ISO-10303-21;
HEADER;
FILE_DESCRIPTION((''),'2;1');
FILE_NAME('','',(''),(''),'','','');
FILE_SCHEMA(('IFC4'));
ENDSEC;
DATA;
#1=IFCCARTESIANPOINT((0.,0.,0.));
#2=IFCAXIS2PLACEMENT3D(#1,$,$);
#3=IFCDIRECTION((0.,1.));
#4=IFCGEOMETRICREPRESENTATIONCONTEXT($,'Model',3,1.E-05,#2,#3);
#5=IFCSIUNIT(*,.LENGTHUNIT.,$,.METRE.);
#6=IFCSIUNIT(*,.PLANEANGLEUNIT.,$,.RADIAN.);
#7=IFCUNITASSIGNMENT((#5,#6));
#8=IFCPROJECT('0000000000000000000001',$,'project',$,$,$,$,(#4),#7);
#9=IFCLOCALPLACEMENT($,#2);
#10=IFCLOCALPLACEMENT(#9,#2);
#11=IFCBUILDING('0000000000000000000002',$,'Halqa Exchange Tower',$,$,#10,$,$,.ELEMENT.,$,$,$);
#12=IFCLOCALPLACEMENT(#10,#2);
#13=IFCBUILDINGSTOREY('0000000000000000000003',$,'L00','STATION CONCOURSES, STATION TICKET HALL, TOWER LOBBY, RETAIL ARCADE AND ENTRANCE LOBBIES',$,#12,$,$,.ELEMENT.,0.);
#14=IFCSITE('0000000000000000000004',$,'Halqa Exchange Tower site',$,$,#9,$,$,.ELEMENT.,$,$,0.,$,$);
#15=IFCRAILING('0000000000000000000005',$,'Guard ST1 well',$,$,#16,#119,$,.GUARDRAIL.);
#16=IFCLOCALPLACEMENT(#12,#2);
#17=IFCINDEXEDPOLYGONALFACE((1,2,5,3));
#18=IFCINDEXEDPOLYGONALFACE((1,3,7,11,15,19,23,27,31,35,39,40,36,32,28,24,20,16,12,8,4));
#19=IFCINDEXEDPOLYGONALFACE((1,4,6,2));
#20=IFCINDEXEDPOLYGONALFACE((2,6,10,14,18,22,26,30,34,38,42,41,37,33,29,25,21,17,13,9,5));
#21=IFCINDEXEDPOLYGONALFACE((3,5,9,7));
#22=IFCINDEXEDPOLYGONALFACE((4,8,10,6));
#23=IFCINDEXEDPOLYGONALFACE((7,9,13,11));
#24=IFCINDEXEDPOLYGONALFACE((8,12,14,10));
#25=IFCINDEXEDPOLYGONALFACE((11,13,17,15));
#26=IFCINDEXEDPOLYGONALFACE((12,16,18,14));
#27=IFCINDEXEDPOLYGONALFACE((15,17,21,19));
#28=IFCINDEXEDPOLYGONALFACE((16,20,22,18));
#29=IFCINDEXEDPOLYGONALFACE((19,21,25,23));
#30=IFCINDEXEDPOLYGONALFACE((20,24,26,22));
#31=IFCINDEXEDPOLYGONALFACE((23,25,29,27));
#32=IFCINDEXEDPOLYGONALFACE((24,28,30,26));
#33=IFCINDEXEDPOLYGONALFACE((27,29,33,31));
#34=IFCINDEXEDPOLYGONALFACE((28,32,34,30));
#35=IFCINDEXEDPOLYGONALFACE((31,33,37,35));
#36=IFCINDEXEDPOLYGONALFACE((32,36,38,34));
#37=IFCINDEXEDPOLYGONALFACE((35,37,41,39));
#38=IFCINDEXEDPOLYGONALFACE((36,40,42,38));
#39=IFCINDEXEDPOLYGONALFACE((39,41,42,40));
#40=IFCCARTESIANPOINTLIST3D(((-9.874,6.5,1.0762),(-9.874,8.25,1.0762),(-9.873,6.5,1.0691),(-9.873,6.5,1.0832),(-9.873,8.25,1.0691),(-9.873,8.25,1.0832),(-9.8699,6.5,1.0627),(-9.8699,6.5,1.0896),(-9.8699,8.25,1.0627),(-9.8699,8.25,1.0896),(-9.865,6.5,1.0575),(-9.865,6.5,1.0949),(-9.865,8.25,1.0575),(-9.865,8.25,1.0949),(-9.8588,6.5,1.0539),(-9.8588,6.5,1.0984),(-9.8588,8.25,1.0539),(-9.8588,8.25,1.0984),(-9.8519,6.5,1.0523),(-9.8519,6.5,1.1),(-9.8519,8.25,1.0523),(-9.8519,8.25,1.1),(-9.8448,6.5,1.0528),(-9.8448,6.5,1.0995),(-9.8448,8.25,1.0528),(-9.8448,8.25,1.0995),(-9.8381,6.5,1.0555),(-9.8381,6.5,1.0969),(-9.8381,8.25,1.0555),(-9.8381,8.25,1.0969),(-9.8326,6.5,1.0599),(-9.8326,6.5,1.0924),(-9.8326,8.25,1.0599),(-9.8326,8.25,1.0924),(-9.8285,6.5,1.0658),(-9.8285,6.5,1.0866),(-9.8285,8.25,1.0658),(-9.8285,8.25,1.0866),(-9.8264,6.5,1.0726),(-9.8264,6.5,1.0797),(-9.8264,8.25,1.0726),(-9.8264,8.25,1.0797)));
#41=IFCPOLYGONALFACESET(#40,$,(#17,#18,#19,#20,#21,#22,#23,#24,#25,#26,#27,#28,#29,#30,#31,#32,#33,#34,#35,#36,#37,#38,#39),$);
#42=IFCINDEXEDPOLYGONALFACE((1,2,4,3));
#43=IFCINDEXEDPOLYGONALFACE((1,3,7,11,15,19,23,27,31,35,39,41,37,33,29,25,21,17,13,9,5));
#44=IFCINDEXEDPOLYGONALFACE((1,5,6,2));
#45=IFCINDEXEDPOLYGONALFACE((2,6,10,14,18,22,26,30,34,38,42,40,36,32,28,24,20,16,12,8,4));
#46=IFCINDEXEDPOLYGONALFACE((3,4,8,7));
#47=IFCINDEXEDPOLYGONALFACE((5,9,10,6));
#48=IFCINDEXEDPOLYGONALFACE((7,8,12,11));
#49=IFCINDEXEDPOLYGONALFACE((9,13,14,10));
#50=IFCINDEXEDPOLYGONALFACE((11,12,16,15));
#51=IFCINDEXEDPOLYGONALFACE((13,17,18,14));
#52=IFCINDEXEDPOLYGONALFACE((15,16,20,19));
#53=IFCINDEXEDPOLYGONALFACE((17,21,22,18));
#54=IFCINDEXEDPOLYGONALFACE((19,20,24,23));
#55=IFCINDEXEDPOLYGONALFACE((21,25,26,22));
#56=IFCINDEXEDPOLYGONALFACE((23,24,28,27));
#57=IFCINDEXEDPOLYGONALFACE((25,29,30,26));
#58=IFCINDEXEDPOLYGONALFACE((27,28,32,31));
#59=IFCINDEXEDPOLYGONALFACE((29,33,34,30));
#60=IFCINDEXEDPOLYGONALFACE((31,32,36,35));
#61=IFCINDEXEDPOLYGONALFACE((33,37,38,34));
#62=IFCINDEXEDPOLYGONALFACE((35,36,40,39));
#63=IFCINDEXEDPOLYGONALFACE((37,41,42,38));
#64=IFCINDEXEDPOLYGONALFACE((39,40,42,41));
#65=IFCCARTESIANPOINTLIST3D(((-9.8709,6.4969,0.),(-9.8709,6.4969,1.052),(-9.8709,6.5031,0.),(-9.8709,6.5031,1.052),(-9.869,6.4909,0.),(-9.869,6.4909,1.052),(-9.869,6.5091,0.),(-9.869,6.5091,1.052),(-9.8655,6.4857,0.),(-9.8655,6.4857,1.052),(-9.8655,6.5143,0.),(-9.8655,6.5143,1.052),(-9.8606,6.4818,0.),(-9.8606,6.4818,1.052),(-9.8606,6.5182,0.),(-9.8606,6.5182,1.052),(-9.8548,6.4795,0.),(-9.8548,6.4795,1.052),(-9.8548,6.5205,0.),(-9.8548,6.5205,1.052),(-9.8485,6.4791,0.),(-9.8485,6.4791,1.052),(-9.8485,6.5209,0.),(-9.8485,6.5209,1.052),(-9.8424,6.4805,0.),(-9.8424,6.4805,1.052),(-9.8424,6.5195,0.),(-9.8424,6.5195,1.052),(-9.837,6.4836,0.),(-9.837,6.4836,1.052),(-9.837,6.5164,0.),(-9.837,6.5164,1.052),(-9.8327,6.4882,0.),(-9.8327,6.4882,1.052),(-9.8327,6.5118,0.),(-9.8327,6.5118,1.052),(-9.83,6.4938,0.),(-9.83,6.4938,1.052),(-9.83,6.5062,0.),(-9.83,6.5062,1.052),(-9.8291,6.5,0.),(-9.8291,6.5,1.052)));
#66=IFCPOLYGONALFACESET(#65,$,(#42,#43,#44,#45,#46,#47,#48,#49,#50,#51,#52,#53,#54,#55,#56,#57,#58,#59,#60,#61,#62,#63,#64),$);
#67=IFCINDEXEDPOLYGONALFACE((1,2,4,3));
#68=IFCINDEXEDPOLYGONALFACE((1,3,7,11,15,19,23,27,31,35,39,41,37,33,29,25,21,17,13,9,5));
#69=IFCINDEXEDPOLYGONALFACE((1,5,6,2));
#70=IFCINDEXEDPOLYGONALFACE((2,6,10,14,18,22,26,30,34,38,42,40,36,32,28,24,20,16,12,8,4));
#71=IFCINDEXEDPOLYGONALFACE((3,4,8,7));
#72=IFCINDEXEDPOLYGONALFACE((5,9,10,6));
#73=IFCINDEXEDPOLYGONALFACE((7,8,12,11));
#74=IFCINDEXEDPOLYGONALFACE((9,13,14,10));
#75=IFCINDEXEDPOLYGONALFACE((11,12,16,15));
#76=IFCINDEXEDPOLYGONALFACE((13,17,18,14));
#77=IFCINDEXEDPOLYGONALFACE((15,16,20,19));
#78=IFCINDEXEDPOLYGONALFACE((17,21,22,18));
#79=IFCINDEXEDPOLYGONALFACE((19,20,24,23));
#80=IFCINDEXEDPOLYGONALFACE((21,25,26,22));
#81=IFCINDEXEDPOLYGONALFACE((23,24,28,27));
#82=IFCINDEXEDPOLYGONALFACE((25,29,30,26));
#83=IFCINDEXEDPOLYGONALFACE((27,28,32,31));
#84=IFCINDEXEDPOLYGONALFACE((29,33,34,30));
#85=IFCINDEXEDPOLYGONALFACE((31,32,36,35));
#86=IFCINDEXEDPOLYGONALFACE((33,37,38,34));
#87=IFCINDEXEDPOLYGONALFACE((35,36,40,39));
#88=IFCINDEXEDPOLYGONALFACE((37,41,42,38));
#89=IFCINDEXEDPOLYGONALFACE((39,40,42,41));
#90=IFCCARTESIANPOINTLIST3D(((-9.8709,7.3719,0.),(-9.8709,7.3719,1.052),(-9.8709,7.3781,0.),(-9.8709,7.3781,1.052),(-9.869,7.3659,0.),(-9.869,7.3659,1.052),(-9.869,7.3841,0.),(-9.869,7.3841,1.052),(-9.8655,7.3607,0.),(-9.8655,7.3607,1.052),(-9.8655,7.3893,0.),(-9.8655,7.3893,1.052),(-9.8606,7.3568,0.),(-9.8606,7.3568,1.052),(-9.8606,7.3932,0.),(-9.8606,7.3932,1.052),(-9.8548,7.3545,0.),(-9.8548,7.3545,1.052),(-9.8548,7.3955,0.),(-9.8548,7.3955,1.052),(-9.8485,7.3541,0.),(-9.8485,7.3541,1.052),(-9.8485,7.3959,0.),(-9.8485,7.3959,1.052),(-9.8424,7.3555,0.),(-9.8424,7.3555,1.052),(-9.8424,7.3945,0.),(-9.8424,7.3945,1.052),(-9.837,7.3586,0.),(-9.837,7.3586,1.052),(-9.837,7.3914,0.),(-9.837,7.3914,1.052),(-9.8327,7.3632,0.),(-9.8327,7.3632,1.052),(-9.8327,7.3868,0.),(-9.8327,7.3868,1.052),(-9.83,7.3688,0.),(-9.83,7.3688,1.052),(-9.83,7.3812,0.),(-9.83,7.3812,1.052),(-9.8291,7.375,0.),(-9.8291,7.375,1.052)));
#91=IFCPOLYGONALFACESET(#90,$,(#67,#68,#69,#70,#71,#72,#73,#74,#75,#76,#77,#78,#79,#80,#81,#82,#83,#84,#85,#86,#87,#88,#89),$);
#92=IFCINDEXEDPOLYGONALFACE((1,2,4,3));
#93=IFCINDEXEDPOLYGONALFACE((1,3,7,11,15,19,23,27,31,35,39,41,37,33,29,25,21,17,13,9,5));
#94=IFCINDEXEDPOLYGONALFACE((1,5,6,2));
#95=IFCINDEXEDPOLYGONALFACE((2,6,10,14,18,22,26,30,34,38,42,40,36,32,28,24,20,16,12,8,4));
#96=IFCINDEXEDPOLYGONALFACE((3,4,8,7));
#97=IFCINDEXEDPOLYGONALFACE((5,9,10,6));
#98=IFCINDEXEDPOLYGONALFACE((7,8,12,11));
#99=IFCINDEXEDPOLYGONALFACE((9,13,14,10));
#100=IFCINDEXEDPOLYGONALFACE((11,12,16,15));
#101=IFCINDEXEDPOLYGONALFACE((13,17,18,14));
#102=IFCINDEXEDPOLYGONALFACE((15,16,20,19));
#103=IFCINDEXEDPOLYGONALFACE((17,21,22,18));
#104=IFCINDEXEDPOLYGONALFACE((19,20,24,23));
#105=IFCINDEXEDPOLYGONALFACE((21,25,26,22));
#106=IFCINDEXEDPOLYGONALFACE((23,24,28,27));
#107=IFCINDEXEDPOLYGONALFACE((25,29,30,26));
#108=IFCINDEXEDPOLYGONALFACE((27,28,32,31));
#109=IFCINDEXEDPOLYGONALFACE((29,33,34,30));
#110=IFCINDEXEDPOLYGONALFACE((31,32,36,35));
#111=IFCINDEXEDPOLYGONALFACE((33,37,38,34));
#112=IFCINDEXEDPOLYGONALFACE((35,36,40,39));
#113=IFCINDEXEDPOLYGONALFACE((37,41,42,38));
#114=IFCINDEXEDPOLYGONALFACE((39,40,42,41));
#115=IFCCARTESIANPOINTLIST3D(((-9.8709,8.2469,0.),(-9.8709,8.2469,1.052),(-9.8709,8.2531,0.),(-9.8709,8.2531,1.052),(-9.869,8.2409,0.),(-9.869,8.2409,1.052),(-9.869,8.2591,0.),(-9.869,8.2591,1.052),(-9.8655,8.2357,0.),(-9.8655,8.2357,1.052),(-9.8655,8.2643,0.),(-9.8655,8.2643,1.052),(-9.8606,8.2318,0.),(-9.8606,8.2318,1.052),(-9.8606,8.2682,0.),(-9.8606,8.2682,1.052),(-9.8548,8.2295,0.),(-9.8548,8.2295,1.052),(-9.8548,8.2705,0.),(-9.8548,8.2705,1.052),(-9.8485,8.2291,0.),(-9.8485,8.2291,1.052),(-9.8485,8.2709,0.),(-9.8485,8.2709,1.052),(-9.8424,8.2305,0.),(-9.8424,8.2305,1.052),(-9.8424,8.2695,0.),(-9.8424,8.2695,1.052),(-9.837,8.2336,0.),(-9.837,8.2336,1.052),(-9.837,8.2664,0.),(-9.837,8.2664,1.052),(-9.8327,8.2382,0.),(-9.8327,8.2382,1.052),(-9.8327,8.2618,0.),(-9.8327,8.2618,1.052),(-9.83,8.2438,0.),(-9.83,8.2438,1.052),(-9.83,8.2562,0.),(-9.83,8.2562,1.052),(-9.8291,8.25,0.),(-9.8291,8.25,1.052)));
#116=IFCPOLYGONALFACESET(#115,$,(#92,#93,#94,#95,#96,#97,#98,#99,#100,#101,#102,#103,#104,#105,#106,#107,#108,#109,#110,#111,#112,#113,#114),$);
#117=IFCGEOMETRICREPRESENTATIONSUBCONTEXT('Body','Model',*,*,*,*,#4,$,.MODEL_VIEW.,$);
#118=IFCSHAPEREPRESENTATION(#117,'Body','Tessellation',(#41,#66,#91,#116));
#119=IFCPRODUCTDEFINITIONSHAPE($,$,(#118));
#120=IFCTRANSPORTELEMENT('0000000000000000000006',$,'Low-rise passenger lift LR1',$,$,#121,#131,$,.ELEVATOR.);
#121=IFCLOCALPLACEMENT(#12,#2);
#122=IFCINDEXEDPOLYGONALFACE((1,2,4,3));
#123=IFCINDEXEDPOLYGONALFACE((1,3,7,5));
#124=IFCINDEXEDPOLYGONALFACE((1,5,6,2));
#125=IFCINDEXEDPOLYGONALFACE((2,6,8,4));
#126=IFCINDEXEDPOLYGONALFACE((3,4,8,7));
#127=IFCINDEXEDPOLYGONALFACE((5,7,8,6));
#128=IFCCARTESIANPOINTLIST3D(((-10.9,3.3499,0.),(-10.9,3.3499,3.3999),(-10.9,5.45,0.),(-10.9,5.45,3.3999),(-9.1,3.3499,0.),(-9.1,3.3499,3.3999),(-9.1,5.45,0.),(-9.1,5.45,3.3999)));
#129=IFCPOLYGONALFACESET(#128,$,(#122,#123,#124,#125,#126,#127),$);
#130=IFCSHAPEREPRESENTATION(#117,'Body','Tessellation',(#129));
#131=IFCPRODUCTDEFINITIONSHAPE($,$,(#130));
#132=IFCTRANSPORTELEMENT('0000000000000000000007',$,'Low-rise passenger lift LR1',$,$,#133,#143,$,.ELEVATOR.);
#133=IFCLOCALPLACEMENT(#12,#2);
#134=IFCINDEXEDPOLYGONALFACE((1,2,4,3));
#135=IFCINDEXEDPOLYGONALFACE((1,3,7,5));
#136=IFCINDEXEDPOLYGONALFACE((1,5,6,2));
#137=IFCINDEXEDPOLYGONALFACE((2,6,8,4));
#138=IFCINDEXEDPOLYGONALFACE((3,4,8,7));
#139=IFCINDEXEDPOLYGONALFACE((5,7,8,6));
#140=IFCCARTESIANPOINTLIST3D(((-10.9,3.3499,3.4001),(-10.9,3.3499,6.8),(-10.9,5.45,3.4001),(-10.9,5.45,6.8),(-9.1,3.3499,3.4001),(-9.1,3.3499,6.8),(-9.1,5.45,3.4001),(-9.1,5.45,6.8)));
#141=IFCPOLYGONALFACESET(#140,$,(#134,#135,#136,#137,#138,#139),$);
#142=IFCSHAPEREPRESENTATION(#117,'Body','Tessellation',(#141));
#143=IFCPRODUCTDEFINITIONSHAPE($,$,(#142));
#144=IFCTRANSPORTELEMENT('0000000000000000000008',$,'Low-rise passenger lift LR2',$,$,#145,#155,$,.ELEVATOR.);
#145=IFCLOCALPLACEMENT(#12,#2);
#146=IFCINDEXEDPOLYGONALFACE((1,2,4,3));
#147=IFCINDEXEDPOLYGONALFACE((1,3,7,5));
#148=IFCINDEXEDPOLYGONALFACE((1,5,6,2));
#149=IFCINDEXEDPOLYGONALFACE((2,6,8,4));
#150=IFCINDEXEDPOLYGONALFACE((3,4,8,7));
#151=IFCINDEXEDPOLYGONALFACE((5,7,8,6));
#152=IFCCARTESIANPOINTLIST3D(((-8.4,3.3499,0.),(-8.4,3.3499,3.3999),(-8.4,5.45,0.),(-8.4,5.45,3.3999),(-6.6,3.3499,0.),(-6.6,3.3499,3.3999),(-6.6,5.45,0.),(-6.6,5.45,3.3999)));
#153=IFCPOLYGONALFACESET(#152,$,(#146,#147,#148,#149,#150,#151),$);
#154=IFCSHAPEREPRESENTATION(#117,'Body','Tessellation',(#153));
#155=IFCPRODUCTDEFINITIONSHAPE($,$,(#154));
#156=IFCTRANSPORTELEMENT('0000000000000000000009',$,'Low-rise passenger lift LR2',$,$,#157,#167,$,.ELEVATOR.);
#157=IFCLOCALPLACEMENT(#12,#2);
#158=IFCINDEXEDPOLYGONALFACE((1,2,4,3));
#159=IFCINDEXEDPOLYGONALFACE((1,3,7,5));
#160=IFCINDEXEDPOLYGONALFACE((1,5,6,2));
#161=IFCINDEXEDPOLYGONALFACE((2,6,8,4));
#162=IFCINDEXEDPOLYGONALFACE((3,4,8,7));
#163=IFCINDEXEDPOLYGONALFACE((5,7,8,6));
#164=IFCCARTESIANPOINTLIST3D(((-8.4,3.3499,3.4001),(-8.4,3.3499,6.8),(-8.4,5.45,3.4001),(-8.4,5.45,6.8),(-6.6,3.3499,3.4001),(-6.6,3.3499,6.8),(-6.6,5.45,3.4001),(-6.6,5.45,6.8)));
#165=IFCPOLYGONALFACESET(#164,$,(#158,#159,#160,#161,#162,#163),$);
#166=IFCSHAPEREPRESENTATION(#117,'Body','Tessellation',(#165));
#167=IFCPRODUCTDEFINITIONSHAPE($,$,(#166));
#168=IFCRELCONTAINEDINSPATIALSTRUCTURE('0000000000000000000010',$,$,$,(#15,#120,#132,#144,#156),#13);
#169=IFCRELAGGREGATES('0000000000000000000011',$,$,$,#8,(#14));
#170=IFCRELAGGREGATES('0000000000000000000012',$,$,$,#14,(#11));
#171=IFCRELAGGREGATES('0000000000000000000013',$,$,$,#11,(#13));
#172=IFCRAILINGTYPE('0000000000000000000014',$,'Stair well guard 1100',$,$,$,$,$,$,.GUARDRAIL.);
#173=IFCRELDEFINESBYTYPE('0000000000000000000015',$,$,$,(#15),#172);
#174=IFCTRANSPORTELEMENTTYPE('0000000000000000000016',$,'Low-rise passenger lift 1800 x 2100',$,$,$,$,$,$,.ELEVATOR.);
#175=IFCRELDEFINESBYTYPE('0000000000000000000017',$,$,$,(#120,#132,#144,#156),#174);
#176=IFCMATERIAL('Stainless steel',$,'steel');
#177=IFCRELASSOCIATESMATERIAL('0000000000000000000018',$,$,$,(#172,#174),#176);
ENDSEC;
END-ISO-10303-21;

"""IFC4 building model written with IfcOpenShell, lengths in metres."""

from ifc_helpers import new_model, si_unit, direction, frame, origin, origin_2d, place, context, subcontext, project, spatial, rectangle, circle, extrude, material, type_object, element, save


model = new_model("IFC4")

# Units and contexts
model_context = context("Model", 3, precision=1e-05, world=origin(), true_north=direction((0.0, 1.0)))
body_context = subcontext(model_context, "Body", "Model", "MODEL_VIEW")
ifc_project = project(units=[si_unit("LENGTHUNIT", "METRE"), si_unit("PLANEANGLEUNIT", "RADIAN")], contexts=[model_context])

# Site, building, storey
site_placement = place(None, origin())
site = spatial("IfcSite", under=ifc_project, at=site_placement, Name="Halqa Exchange Tower site", CompositionType="ELEMENT", RefElevation=0.0)
building_placement = place(site_placement, origin())
building = spatial("IfcBuilding", under=site, at=building_placement, Name="Halqa Exchange Tower", CompositionType="ELEMENT")
storey_placement = place(building_placement, origin())
storey = spatial("IfcBuildingStorey", under=building, at=storey_placement, Name="L00", Description="STATION CONCOURSES, STATION TICKET HALL, TOWER LOBBY, RETAIL ARCADE AND ENTRANCE LOBBIES", CompositionType="ELEMENT", Elevation=0.0)

# Shared definitions
ifc_material_1 = material(Name="Stainless steel", Category="steel")

# Railing
railing_type_1 = type_object("IfcRailingType", Name="Stair well guard 1100", PredefinedType="GUARDRAIL", material=ifc_material_1)
railing_placement = place(storey_placement, frame((-9.8501, 6.5, 0.0)))
element("IfcRailing", 1, at=railing_placement, inside=storey, type_object=railing_type_1, Name="Guard ST1 well", PredefinedType="GUARDRAIL", context=body_context, shape_type="SweptSolid", body=[
    extrude(circle(Radius=0.0239, at=origin_2d()), frame((0.0, 0.0, 1.0762), z_axis=(0.0, 1.0, 0.0), x_axis=(-1.0, 0.0, 0.0)), (0.0, 0.0, 1.0), 1.75),
    extrude(circle(Radius=0.021, at=origin_2d()), origin(), (0.0, 0.0, 1.0), 1.052),
    extrude(circle(Radius=0.021, at=origin_2d()), frame((0.0, 0.875, 0.0)), (0.0, 0.0, 1.0), 1.052),
    extrude(circle(Radius=0.021, at=origin_2d()), frame((0.0, 1.75, 0.0)), (0.0, 0.0, 1.0), 1.052),
])

# Transport elements
transport_element_type = type_object("IfcTransportElementType", Name="Low-rise passenger lift 1800 x 2100", PredefinedType="ELEVATOR", material=ifc_material_1)
for number, where, z_axis, x_axis, name in (
    (2, (-10.0, 4.3999, 0.0), (0.0, 0.0, 1.0), (1.0, 0.0, 0.0), "Low-rise passenger lift LR1"),
    (3, (-10.0, 4.3999, 3.4001), (0.0, 0.0, 1.0), (1.0, 0.0, 0.0), "Low-rise passenger lift LR1"),
    (4, (-7.5, 4.3999, 0.0), (0.0, 0.0, 1.0), (1.0, 0.0, 0.0), "Low-rise passenger lift LR2"),
    (5, (-7.5, 4.3999, 3.4001), (0.0, 0.0, 1.0), (1.0, 0.0, 0.0), "Low-rise passenger lift LR2"),
):
    element("IfcTransportElement", number, at=place(storey_placement, frame(where, z_axis=z_axis, x_axis=x_axis)), inside=storey, type_object=transport_element_type, Name=name, PredefinedType="ELEVATOR", context=body_context, shape_type="SweptSolid", body=[
        extrude(rectangle(XDim=1.8, YDim=2.1001, at=origin_2d()), origin(), (0.0, 0.0, 1.0), 3.3999),
    ])

save(model, "model.ifc")
